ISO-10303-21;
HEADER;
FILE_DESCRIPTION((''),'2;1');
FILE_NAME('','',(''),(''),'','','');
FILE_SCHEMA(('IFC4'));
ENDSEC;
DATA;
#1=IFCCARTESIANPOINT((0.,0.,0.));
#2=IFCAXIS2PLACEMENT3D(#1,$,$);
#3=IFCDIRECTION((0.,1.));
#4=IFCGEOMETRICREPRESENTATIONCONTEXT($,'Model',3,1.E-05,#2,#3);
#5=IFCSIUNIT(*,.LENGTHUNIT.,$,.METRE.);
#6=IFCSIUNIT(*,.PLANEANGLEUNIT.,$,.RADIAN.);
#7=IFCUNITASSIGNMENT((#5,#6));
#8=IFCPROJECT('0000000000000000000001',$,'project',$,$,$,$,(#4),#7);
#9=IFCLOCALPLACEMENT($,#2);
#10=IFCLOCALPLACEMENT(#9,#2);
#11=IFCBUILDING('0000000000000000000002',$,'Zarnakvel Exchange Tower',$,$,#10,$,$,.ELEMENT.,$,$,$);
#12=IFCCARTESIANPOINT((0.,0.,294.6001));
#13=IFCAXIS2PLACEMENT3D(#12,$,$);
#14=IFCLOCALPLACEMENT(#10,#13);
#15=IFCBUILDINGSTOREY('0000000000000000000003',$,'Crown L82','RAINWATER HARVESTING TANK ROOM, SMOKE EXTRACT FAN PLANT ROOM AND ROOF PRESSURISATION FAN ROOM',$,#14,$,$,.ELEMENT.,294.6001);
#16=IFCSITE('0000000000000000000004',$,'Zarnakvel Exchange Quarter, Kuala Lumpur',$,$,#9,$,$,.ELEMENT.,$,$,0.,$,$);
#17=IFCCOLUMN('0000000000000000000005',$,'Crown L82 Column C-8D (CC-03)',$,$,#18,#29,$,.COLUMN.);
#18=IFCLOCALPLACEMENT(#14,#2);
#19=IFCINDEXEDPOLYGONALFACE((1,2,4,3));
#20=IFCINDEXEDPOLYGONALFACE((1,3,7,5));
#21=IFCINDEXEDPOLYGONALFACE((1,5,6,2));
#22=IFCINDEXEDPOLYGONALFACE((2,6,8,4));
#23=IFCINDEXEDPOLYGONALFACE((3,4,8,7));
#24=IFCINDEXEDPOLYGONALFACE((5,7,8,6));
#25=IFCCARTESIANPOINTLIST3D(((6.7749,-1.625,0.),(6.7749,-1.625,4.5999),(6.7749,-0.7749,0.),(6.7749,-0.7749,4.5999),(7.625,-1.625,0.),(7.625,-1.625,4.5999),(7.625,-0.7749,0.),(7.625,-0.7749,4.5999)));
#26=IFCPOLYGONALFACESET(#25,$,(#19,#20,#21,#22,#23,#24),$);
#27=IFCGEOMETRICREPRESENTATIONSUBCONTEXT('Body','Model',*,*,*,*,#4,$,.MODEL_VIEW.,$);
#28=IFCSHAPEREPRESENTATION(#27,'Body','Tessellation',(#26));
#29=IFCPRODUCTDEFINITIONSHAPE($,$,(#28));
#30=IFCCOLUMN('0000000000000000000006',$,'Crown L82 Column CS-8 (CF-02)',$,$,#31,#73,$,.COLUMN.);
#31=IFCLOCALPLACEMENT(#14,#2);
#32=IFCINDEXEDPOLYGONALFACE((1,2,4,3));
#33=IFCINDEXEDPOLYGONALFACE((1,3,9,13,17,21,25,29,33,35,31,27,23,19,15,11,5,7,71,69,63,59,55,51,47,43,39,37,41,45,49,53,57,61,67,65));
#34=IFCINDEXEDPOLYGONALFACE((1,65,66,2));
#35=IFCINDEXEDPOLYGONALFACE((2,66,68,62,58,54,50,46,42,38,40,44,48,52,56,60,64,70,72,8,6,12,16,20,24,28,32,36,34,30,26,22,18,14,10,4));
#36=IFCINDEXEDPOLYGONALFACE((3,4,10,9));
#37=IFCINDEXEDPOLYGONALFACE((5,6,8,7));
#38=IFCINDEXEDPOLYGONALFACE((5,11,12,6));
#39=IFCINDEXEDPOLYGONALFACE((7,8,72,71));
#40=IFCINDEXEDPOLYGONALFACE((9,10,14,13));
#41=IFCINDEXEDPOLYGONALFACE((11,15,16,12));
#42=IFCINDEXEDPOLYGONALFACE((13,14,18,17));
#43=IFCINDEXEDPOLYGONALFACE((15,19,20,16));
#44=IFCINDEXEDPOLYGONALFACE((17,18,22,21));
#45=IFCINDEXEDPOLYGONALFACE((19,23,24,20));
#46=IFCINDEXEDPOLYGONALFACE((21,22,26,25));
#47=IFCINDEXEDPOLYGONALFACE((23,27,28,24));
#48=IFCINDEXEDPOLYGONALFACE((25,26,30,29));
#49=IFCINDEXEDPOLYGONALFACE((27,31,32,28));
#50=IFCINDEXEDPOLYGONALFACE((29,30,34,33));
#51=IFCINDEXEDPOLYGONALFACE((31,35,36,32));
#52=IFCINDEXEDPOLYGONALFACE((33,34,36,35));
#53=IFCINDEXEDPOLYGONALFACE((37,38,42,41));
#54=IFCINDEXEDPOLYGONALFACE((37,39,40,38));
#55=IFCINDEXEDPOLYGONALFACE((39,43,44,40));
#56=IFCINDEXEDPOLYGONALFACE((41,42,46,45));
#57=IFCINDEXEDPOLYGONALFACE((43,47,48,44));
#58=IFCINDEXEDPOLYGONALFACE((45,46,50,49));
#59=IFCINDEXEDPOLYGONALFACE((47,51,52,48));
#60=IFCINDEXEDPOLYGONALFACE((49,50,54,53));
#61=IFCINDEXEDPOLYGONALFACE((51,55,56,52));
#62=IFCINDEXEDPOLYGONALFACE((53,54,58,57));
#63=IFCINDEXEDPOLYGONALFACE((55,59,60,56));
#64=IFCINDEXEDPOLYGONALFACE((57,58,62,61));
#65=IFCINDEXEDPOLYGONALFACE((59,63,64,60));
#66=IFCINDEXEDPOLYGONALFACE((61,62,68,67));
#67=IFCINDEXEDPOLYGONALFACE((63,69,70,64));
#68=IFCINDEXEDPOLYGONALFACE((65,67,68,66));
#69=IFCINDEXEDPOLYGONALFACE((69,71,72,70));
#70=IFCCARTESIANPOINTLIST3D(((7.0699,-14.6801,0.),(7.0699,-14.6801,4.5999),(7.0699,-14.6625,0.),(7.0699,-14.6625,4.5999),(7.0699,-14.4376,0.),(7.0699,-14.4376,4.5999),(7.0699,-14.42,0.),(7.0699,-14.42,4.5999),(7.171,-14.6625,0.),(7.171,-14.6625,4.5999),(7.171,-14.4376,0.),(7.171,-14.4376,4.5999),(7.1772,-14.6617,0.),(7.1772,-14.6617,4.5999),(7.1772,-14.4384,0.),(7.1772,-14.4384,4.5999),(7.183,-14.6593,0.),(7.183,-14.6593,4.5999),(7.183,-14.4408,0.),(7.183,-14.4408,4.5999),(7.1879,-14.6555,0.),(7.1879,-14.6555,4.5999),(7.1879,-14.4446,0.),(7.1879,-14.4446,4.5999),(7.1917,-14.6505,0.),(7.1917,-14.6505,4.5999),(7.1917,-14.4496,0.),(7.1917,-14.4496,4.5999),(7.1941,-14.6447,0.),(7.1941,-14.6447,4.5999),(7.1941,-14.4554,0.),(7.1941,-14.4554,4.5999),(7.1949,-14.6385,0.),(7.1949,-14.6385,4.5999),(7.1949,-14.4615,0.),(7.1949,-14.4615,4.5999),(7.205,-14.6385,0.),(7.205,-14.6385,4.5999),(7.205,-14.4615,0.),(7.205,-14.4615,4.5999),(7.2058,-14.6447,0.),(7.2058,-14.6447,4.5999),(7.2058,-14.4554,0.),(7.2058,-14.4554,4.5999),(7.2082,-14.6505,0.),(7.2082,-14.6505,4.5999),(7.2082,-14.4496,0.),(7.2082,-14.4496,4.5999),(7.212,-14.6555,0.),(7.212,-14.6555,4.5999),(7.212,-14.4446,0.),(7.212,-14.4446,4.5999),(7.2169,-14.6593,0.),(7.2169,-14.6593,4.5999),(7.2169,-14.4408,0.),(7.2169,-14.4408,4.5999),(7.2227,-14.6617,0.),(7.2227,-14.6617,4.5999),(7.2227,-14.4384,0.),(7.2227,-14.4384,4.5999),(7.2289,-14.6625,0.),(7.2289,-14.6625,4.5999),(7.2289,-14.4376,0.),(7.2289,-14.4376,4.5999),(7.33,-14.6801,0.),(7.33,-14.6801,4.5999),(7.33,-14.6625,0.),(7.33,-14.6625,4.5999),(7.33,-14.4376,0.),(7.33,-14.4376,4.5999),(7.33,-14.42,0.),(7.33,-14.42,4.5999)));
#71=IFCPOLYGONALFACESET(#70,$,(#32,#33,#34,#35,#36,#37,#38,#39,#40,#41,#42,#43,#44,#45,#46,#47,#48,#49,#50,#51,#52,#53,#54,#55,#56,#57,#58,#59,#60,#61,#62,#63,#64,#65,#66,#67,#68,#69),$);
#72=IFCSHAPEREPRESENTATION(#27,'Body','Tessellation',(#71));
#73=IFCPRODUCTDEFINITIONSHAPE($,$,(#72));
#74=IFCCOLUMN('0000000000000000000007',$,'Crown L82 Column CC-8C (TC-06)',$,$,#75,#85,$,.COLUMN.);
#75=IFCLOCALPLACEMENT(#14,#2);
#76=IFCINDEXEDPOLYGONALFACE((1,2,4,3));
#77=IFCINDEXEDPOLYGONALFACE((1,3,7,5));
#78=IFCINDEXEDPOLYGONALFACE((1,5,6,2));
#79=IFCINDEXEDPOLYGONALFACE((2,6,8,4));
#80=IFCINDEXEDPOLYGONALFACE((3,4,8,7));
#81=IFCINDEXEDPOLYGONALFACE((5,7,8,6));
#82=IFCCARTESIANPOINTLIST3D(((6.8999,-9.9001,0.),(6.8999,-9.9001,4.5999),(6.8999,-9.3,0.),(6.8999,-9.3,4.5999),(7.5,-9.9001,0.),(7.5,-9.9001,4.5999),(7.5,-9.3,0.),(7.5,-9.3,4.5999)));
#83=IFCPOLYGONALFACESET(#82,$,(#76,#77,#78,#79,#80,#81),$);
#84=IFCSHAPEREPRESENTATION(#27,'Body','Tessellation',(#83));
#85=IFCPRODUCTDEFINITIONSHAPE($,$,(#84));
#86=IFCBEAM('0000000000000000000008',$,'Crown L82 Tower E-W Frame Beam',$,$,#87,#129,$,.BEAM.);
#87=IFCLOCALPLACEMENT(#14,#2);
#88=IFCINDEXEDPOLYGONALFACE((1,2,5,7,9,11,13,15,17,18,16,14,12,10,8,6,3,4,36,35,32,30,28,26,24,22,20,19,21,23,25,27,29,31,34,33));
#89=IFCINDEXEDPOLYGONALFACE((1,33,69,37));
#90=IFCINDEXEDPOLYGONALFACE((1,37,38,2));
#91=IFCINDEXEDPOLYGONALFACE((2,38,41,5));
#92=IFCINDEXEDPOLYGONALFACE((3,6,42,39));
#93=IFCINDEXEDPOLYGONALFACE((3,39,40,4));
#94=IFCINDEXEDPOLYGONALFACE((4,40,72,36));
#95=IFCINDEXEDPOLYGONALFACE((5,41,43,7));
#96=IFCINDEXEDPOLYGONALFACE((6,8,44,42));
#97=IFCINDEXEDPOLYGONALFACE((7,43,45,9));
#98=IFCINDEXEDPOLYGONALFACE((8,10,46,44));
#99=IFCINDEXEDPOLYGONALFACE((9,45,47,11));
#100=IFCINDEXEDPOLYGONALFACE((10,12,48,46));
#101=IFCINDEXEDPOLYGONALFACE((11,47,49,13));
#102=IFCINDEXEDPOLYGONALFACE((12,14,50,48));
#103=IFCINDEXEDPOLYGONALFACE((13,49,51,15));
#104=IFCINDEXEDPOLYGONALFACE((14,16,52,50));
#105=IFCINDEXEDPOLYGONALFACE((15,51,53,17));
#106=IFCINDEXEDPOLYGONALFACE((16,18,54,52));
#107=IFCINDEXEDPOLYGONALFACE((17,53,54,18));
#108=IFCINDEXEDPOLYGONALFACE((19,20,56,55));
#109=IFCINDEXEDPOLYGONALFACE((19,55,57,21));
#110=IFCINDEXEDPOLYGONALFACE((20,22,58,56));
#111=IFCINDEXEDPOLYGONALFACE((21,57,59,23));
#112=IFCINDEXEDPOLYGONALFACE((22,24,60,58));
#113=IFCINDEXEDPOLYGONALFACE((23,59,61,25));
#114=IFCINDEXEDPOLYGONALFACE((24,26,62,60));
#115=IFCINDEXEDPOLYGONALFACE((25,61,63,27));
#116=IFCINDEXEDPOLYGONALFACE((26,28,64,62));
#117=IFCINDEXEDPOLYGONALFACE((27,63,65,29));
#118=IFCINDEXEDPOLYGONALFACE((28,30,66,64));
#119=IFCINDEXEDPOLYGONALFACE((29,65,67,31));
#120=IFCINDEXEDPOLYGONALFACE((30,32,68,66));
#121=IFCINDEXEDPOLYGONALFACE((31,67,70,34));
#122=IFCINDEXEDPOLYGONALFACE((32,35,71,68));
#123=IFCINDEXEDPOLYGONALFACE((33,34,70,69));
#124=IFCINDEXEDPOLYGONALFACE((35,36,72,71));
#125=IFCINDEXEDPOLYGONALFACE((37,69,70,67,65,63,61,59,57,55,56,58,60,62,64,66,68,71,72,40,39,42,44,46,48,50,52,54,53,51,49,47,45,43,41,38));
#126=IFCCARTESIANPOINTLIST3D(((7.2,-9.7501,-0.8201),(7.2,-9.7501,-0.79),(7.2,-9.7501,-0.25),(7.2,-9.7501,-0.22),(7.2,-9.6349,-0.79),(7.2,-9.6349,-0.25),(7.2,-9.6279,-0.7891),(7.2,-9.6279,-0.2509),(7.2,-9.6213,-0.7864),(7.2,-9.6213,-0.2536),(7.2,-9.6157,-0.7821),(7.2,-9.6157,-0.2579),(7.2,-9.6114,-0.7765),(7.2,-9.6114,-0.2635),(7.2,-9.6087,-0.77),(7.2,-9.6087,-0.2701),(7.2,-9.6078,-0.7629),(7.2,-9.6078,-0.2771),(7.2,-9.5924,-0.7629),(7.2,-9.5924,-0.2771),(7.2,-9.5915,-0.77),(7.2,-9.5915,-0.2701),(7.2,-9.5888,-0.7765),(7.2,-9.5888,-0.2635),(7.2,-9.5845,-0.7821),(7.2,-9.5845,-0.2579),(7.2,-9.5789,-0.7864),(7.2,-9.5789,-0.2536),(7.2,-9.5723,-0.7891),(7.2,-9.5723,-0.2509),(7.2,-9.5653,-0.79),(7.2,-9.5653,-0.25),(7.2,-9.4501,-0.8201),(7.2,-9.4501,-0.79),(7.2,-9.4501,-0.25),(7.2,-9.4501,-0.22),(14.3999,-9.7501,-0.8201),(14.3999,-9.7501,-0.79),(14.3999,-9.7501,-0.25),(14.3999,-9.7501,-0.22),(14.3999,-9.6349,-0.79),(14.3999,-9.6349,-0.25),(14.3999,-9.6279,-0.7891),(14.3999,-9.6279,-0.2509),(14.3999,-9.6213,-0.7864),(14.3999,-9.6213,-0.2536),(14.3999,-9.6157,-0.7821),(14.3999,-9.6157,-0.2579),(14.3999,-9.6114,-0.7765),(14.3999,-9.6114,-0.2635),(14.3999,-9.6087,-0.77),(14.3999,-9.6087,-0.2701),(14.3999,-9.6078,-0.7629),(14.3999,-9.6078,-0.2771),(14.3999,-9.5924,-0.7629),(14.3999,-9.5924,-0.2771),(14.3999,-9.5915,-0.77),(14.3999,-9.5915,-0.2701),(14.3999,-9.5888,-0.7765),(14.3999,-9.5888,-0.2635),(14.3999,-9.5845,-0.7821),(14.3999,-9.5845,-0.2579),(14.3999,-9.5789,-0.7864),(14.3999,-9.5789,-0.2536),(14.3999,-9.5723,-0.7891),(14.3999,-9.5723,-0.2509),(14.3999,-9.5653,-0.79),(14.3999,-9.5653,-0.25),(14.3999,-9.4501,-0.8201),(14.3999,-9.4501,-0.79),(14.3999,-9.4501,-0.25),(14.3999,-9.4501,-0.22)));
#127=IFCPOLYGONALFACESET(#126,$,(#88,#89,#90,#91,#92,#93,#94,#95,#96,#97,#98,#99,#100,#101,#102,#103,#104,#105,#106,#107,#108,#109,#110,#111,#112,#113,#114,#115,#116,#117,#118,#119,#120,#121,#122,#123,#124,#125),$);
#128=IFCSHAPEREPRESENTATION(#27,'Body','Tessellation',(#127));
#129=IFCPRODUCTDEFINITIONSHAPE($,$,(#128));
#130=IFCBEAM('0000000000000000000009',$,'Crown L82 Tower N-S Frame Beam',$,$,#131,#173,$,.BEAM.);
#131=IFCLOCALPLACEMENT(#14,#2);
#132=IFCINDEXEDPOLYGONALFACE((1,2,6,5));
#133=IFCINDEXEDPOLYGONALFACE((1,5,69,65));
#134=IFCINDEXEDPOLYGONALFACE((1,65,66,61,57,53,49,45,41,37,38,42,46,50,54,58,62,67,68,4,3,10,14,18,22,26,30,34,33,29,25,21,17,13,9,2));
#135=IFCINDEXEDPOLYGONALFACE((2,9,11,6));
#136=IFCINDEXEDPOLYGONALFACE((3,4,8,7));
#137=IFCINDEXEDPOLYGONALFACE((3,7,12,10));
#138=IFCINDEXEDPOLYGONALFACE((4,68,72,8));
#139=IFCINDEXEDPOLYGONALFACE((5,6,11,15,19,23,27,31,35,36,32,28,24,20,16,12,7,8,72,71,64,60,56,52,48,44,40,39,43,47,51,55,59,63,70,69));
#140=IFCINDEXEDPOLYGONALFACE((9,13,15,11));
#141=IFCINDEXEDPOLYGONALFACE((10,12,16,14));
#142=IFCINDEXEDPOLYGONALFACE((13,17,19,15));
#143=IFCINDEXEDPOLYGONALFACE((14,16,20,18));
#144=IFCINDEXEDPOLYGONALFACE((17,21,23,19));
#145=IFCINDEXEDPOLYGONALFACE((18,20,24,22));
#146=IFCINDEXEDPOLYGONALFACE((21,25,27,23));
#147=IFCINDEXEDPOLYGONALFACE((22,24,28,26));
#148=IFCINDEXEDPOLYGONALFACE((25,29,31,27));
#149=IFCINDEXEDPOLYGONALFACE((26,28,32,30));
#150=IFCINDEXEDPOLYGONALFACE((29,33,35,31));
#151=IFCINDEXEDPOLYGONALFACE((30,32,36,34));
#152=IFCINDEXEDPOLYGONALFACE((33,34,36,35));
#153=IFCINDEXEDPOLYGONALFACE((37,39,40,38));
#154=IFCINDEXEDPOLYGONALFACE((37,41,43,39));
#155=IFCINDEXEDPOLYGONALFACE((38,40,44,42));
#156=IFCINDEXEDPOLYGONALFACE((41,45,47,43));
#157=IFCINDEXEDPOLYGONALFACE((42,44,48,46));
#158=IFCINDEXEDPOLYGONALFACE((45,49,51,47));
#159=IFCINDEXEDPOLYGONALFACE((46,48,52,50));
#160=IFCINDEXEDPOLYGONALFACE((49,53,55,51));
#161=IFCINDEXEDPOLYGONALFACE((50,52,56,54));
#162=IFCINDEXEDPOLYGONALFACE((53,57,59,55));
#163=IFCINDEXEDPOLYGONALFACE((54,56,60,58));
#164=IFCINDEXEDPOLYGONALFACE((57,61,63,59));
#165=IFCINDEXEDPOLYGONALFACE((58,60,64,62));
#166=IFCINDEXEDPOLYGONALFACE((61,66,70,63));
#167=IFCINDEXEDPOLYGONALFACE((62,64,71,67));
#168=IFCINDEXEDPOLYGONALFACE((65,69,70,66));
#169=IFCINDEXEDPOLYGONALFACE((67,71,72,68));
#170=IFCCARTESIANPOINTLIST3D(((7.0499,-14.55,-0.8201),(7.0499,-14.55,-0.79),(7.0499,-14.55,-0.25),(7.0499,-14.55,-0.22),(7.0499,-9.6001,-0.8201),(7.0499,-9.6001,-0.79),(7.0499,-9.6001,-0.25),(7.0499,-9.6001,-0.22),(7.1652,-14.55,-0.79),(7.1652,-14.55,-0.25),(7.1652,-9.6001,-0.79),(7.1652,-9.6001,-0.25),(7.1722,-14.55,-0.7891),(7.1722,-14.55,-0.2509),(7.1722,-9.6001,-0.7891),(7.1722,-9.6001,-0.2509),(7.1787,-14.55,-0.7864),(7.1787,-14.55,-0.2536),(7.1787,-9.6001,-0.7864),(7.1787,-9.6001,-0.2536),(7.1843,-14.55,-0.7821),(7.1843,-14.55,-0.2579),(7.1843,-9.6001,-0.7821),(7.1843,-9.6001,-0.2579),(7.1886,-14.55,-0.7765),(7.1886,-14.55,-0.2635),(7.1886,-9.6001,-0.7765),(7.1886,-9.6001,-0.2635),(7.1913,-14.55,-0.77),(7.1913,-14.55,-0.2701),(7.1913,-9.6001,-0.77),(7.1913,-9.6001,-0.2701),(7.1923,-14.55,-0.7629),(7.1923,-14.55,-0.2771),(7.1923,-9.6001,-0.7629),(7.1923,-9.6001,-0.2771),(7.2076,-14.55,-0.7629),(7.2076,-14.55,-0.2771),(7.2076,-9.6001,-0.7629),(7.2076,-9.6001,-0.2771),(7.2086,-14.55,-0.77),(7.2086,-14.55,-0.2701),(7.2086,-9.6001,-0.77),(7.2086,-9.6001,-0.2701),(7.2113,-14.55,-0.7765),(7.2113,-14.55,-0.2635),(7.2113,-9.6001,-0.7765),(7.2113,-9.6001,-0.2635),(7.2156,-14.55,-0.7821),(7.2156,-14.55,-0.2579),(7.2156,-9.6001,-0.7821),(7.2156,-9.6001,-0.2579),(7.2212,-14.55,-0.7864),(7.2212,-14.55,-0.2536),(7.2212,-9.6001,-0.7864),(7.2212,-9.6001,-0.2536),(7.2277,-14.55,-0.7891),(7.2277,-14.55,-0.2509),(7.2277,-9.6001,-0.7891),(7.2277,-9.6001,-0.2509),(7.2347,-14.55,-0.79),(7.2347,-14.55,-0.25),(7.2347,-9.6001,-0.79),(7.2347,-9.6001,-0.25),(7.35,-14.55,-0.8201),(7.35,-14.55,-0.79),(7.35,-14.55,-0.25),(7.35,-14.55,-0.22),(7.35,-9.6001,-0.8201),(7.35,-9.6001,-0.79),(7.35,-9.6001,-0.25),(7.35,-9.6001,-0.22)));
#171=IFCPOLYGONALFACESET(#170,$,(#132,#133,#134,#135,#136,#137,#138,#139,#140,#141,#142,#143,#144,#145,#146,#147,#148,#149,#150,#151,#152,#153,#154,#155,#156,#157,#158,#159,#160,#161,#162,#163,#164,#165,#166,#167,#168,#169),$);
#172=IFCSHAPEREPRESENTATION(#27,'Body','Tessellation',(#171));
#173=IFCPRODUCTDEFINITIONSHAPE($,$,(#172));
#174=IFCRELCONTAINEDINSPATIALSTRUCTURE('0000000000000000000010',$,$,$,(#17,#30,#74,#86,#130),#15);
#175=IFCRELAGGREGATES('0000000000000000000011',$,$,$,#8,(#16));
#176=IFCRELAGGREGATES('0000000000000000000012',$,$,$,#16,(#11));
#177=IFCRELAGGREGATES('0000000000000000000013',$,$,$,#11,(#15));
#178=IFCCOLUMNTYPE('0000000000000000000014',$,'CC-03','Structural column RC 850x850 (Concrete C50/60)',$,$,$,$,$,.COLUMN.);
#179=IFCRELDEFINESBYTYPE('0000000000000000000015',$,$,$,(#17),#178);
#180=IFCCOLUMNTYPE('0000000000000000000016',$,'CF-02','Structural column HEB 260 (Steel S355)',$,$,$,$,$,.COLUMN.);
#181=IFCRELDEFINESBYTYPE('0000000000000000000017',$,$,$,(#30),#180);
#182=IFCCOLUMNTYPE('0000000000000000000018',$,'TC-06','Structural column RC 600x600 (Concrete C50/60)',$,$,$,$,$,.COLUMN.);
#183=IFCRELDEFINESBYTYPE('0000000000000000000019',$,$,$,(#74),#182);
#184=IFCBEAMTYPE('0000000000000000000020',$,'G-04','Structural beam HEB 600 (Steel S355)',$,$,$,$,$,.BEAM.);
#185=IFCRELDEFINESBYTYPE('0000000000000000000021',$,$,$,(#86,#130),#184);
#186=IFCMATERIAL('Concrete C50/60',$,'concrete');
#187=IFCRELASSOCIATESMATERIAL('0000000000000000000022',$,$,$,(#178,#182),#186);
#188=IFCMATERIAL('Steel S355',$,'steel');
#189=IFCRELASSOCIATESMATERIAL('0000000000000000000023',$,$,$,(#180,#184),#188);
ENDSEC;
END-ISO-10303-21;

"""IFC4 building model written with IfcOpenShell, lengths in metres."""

from ifc_helpers import new_model, si_unit, direction, frame, origin, origin_2d, place, context, subcontext, project, spatial, rectangle, i_section, extrude, material, material_profile, profile_set, type_object, element, save


model = new_model("IFC4")

# Units and contexts
model_context = context("Model", 3, precision=1e-05, world=origin(), true_north=direction((0.0, 1.0)))
body_context = subcontext(model_context, "Body", "Model", "MODEL_VIEW")
ifc_project = project(units=[si_unit("LENGTHUNIT", "METRE"), si_unit("PLANEANGLEUNIT", "RADIAN")], contexts=[model_context])

# Site, building, storey
site_placement = place(None, origin())
site = spatial("IfcSite", under=ifc_project, at=site_placement, Name="Zarnakvel Exchange Quarter, Kuala Lumpur", CompositionType="ELEMENT", RefElevation=0.0)
building_placement = place(site_placement, origin())
building = spatial("IfcBuilding", under=site, at=building_placement, Name="Zarnakvel Exchange Tower", CompositionType="ELEMENT")
storey_placement = place(building_placement, frame((0.0, 0.0, 294.6001)))
storey = spatial("IfcBuildingStorey", under=building, at=storey_placement, Name="Crown L82", Description="RAINWATER HARVESTING TANK ROOM, SMOKE EXTRACT FAN PLANT ROOM AND ROOF PRESSURISATION FAN ROOM", CompositionType="ELEMENT", Elevation=294.6001)

# Columns
ifc_material_1 = material(Name="Concrete C50/60", Category="concrete")
ifc_material_profile_1 = material_profile(ifc_material_1, rectangle(XDim=0.8501, YDim=0.8501, at=origin_2d()))
ifc_profile_set_1 = profile_set([ifc_material_profile_1], Name="Concrete C50/60")
column_type_1 = type_object("IfcColumnType", Name="CC-03", Description="Structural column RC 850x850 (Concrete C50/60)", PredefinedType="COLUMN", material=ifc_profile_set_1)
column_1_placement = place(storey_placement, frame((7.2, -1.2, 0.0), z_axis=(0.0, 0.0, 1.0), x_axis=(1.0, 0.0, 0.0)))
element("IfcColumn", 1, at=column_1_placement, inside=storey, type_object=column_type_1, Name="Crown L82 Column C-8D (CC-03)", PredefinedType="COLUMN", context=body_context, shape_type="SweptSolid", body=[
    extrude(rectangle(XDim=0.8501, YDim=0.8501, at=origin_2d()), origin(), (0.0, 0.0, 1.0), 4.5999),
])
ifc_material_2 = material(Name="Steel S355", Category="steel")
ifc_material_profile_2 = material_profile(ifc_material_2, i_section(OverallWidth=0.26, OverallDepth=0.26, WebThickness=0.01, FlangeThickness=0.0176, FilletRadius=0.0239, at=origin_2d()))
ifc_profile_set_2 = profile_set([ifc_material_profile_2], Name="Steel S355")
column_type_2 = type_object("IfcColumnType", Name="CF-02", Description="Structural column HEB 260 (Steel S355)", PredefinedType="COLUMN", material=ifc_profile_set_2)
column_2_placement = place(storey_placement, frame((7.2, -14.55, 0.0), z_axis=(0.0, 0.0, 1.0), x_axis=(1.0, 0.0, 0.0)))
element("IfcColumn", 2, at=column_2_placement, inside=storey, type_object=column_type_2, Name="Crown L82 Column CS-8 (CF-02)", PredefinedType="COLUMN", context=body_context, shape_type="SweptSolid", body=[
    extrude(i_section(OverallWidth=0.26, OverallDepth=0.26, WebThickness=0.01, FlangeThickness=0.0176, FilletRadius=0.0239, at=origin_2d()), origin(), (0.0, 0.0, 1.0), 4.5999),
])
ifc_material_profile_3 = material_profile(ifc_material_1, rectangle(XDim=0.6001, YDim=0.6001, at=origin_2d()))
ifc_profile_set_3 = profile_set([ifc_material_profile_3], Name="Concrete C50/60")
column_type_3 = type_object("IfcColumnType", Name="TC-06", Description="Structural column RC 600x600 (Concrete C50/60)", PredefinedType="COLUMN", material=ifc_profile_set_3)
column_3_placement = place(storey_placement, frame((7.2, -9.6001, 0.0), z_axis=(0.0, 0.0, 1.0), x_axis=(1.0, 0.0, 0.0)))
element("IfcColumn", 3, at=column_3_placement, inside=storey, type_object=column_type_3, Name="Crown L82 Column CC-8C (TC-06)", PredefinedType="COLUMN", context=body_context, shape_type="SweptSolid", body=[
    extrude(rectangle(XDim=0.6001, YDim=0.6001, at=origin_2d()), origin(), (0.0, 0.0, 1.0), 4.5999),
])

# Beams
ifc_material_profile_4 = material_profile(ifc_material_2, i_section(OverallWidth=0.3, OverallDepth=0.6001, WebThickness=0.0154, FlangeThickness=0.03, FilletRadius=0.0271, at=origin_2d()))
ifc_profile_set_4 = profile_set([ifc_material_profile_4], Name="Steel S355")
beam_type_1 = type_object("IfcBeamType", Name="G-04", Description="Structural beam HEB 600 (Steel S355)", PredefinedType="BEAM", material=ifc_profile_set_4)
beam_1_placement = place(storey_placement, frame((7.2, -9.6001, -0.52), z_axis=(1.0, 0.0, 0.0), x_axis=(0.0, 1.0, 0.0)))
element("IfcBeam", 4, at=beam_1_placement, inside=storey, type_object=beam_type_1, Name="Crown L82 Tower E-W Frame Beam", PredefinedType="BEAM", context=body_context, shape_type="SweptSolid", body=[
    extrude(i_section(OverallWidth=0.3, OverallDepth=0.6001, WebThickness=0.0154, FlangeThickness=0.03, FilletRadius=0.0271, at=origin_2d()), origin(), (0.0, 0.0, 1.0), 7.2),
])
beam_2_placement = place(storey_placement, frame((7.2, -14.55, -0.52), z_axis=(0.0, 1.0, 0.0), x_axis=(-1.0, 0.0, 0.0)))
element("IfcBeam", 5, at=beam_2_placement, inside=storey, type_object=beam_type_1, Name="Crown L82 Tower N-S Frame Beam", PredefinedType="BEAM", context=body_context, shape_type="SweptSolid", body=[
    extrude(i_section(OverallWidth=0.3, OverallDepth=0.6001, WebThickness=0.0154, FlangeThickness=0.03, FilletRadius=0.0271, at=origin_2d()), origin(), (0.0, 0.0, 1.0), 4.95),
])

save(model, "model.ifc")
